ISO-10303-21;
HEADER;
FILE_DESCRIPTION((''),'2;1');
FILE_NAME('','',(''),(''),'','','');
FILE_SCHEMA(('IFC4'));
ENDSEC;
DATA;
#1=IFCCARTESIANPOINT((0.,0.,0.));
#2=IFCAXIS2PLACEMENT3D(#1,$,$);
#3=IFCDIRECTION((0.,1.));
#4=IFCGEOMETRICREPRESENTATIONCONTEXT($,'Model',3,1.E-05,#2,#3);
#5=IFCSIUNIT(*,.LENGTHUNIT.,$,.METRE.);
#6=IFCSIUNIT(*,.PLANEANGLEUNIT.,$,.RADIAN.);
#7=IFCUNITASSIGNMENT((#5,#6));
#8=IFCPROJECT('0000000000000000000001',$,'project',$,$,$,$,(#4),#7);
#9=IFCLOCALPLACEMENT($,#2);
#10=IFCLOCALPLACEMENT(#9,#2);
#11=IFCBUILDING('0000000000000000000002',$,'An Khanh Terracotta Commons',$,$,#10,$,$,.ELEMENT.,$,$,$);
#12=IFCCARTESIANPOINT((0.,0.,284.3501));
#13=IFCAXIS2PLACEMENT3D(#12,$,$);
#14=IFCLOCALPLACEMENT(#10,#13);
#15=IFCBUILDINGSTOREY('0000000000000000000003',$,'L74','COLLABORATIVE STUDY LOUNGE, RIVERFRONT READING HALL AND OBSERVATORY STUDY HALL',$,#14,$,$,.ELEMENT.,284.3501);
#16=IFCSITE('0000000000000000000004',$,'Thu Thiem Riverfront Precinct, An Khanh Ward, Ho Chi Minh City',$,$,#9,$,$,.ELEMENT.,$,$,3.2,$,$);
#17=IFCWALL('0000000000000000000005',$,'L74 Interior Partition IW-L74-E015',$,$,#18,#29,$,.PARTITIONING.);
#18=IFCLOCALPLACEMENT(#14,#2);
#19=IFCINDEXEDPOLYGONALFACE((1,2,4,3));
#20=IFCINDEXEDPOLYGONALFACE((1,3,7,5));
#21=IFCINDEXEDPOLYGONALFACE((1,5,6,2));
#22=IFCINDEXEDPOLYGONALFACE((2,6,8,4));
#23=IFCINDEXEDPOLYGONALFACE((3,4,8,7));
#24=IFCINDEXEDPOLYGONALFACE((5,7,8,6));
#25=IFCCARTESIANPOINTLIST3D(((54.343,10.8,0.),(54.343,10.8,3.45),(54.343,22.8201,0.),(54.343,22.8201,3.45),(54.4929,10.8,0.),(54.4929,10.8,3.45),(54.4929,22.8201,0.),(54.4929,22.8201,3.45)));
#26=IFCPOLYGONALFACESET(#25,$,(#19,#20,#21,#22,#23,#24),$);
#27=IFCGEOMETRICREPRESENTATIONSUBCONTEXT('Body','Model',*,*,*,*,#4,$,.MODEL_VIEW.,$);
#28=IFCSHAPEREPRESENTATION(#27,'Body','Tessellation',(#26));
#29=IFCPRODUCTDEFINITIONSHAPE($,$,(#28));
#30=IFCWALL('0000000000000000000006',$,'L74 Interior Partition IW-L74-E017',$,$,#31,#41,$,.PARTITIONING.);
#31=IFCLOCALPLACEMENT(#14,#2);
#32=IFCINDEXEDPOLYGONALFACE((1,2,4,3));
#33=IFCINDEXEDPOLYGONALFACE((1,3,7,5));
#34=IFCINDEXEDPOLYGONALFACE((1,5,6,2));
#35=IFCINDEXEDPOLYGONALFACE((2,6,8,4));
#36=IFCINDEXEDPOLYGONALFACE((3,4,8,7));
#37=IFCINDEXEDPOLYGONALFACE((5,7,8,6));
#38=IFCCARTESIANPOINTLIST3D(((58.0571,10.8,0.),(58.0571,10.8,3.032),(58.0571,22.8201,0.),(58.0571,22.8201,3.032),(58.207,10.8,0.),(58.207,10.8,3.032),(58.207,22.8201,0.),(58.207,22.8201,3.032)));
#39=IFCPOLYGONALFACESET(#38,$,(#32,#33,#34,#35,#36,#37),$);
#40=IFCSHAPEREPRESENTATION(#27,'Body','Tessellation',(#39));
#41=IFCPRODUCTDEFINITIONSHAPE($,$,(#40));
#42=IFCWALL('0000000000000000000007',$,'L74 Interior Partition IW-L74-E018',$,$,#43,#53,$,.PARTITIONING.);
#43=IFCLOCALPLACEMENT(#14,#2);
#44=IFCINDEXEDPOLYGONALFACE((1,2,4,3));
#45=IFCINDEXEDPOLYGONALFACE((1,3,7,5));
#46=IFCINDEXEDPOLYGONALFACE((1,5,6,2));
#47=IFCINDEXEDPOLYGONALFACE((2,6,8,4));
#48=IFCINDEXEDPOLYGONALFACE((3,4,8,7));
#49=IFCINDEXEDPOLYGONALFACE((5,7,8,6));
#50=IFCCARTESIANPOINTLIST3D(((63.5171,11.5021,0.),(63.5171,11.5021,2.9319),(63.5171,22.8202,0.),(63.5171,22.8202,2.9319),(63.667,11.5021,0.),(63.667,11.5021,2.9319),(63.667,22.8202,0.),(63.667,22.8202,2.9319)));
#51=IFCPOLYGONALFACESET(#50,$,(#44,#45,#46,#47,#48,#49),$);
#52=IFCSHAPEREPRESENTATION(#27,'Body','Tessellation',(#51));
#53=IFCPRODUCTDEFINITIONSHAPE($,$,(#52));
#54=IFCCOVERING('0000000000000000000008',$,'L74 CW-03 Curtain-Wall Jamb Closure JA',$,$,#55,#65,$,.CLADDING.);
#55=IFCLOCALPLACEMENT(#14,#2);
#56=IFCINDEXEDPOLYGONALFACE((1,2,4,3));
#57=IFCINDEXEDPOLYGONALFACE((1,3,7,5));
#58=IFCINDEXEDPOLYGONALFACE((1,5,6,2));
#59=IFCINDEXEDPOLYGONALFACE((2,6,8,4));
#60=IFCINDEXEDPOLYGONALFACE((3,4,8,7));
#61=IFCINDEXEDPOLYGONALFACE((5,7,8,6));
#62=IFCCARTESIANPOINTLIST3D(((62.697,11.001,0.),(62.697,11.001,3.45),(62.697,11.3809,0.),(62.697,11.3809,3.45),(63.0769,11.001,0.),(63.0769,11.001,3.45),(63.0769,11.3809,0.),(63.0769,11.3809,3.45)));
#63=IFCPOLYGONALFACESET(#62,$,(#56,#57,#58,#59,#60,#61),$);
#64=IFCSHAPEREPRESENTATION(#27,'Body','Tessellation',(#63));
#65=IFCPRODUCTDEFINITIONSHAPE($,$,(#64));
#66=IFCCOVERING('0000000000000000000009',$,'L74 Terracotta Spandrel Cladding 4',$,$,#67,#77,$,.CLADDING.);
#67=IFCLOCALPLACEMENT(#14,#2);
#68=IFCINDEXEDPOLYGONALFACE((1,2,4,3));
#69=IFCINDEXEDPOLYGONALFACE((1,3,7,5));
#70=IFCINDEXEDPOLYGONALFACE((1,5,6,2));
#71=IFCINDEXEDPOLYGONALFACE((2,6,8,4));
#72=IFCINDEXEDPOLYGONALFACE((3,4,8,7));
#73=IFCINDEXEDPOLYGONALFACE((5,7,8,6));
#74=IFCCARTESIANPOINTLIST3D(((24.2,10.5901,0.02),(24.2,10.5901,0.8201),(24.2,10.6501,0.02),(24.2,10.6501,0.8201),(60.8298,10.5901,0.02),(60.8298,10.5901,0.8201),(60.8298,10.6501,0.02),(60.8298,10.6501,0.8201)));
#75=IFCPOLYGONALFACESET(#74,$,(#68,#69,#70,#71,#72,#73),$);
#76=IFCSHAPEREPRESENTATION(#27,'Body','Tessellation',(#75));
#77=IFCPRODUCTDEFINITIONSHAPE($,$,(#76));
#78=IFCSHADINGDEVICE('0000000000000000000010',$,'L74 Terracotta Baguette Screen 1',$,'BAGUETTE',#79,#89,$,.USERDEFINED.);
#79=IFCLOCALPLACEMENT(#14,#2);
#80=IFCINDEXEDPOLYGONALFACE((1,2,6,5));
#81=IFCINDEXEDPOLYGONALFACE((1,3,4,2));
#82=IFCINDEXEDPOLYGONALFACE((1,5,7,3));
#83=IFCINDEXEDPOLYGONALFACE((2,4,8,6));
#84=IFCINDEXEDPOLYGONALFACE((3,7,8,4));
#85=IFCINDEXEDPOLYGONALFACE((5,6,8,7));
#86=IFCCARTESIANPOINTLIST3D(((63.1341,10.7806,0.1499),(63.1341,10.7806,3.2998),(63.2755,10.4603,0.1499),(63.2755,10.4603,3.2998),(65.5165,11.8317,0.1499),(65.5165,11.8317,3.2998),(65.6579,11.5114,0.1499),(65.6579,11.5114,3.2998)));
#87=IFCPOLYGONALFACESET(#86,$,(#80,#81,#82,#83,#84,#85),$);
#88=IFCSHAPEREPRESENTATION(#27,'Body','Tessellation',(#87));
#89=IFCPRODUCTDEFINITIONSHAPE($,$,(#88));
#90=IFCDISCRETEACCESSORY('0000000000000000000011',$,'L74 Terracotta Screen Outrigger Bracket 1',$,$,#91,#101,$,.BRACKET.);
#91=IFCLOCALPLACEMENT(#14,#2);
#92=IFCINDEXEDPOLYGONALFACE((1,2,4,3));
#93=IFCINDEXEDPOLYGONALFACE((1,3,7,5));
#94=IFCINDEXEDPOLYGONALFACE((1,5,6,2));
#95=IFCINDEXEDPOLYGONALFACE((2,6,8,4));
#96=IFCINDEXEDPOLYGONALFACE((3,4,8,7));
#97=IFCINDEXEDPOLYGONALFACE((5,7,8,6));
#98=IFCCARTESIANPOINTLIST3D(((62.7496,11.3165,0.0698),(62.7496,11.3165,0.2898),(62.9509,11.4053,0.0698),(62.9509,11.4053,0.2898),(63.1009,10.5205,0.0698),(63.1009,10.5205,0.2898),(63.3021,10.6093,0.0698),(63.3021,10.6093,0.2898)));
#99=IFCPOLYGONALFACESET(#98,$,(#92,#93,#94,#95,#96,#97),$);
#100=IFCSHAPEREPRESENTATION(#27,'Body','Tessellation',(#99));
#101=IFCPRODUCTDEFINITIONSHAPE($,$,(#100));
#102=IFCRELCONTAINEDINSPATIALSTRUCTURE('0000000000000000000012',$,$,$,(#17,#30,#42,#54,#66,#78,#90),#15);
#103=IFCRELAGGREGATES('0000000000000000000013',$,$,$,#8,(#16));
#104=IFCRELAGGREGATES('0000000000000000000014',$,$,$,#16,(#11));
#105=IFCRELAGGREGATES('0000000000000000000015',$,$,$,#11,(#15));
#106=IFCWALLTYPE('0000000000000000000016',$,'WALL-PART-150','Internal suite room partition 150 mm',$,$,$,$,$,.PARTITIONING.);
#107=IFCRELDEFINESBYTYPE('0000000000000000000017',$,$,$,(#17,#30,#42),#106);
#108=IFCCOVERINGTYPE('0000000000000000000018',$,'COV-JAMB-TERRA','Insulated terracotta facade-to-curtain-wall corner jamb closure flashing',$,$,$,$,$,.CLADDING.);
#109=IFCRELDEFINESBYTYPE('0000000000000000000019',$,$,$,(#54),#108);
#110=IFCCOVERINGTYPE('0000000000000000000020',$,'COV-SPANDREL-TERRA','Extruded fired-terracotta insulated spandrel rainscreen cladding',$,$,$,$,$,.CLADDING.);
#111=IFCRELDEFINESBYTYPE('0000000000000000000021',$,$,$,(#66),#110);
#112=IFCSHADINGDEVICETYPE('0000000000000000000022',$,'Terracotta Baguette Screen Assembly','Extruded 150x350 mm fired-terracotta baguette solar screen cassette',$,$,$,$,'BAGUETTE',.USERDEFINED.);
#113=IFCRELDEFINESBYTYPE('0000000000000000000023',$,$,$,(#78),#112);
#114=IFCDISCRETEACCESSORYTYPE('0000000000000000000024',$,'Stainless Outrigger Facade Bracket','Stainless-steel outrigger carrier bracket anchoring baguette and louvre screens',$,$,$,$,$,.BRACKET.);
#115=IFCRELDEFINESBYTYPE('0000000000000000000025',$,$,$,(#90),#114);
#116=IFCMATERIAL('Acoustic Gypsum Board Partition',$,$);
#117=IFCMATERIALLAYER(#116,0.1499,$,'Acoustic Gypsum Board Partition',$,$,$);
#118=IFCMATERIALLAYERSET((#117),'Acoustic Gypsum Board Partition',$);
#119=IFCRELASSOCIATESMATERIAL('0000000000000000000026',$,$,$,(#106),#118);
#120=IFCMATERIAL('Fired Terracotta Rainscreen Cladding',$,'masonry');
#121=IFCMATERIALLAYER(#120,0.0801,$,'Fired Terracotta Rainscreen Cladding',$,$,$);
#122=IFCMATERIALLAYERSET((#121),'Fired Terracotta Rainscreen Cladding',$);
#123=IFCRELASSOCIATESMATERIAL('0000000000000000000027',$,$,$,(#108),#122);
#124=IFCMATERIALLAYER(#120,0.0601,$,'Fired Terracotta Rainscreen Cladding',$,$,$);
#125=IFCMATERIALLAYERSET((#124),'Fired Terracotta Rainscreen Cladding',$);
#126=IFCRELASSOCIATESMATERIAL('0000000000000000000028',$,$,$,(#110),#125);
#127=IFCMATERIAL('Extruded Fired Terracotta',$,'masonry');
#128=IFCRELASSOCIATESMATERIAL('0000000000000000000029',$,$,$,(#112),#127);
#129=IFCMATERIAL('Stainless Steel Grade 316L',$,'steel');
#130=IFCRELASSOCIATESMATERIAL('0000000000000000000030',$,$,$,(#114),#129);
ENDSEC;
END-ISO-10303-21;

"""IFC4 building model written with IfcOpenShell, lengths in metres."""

from ifc_helpers import new_model, si_unit, direction, frame, frame_2d, origin, origin_2d, place, context, subcontext, project, spatial, rectangle, extrude, material, layer, layer_set, type_object, element, save


model = new_model("IFC4")

# Units and contexts
model_context = context("Model", 3, precision=1e-05, world=origin(), true_north=direction((0.0, 1.0)))
body_context = subcontext(model_context, "Body", "Model", "MODEL_VIEW")
ifc_project = project(units=[si_unit("LENGTHUNIT", "METRE"), si_unit("PLANEANGLEUNIT", "RADIAN")], contexts=[model_context])

# Site, building, storey
site_placement = place(None, origin())
site = spatial("IfcSite", under=ifc_project, at=site_placement, Name="Thu Thiem Riverfront Precinct, An Khanh Ward, Ho Chi Minh City", CompositionType="ELEMENT", RefElevation=3.2)
building_placement = place(site_placement, origin())
building = spatial("IfcBuilding", under=site, at=building_placement, Name="An Khanh Terracotta Commons", CompositionType="ELEMENT")
storey_placement = place(building_placement, frame((0.0, 0.0, 284.3501)))
storey = spatial("IfcBuildingStorey", under=building, at=storey_placement, Name="L74", Description="COLLABORATIVE STUDY LOUNGE, RIVERFRONT READING HALL AND OBSERVATORY STUDY HALL", CompositionType="ELEMENT", Elevation=284.3501)

# Walls
ifc_material_1 = material(Name="Acoustic Gypsum Board Partition")
ifc_layer_1 = layer(ifc_material_1, 0.1499, Name="Acoustic Gypsum Board Partition")
ifc_layer_set_1 = layer_set([ifc_layer_1], Name="Acoustic Gypsum Board Partition")
wall_type_1 = type_object("IfcWallType", Name="WALL-PART-150", Description="Internal suite room partition 150 mm", PredefinedType="PARTITIONING", material=ifc_layer_set_1)
for number, where, z_axis, x_axis, name in (
    (1, (54.418, 10.8, 0.0), (0.0, 0.0, 1.0), (0.0, 1.0, 0.0), "L74 Interior Partition IW-L74-E015"),
):
    element("IfcWall", number, at=place(storey_placement, frame(where, z_axis=z_axis, x_axis=x_axis)), inside=storey, type_object=wall_type_1, Name=name, PredefinedType="PARTITIONING", context=body_context, shape_type="SweptSolid", body=[
        extrude(rectangle(XDim=12.02, YDim=0.1499, at=frame_2d((6.01, 0.0))), origin(), (0.0, 0.0, 1.0), 3.45),
    ])
wall_1_placement = place(storey_placement, frame((58.1321, 10.8, 0.0), z_axis=(0.0, 0.0, 1.0), x_axis=(0.0, 1.0, 0.0)))
element("IfcWall", 2, at=wall_1_placement, inside=storey, type_object=wall_type_1, Name="L74 Interior Partition IW-L74-E017", PredefinedType="PARTITIONING", context=body_context, shape_type="SweptSolid", body=[
    extrude(rectangle(XDim=12.02, YDim=0.1499, at=frame_2d((6.01, 0.0))), origin(), (0.0, 0.0, 1.0), 3.032),
])
wall_2_placement = place(storey_placement, frame((63.592, 11.502, 0.0), z_axis=(0.0, 0.0, 1.0), x_axis=(0.0, 1.0, 0.0)))
element("IfcWall", 3, at=wall_2_placement, inside=storey, type_object=wall_type_1, Name="L74 Interior Partition IW-L74-E018", PredefinedType="PARTITIONING", context=body_context, shape_type="SweptSolid", body=[
    extrude(rectangle(XDim=11.3181, YDim=0.1499, at=frame_2d((5.6592, 0.0))), origin(), (0.0, 0.0, 1.0), 2.9319),
])

# Coverings
ifc_material_2 = material(Name="Fired Terracotta Rainscreen Cladding", Category="masonry")
ifc_layer_2 = layer(ifc_material_2, 0.0801, Name="Fired Terracotta Rainscreen Cladding")
ifc_layer_set_2 = layer_set([ifc_layer_2], Name="Fired Terracotta Rainscreen Cladding")
covering_type_1 = type_object("IfcCoveringType", Name="COV-JAMB-TERRA", Description="Insulated terracotta facade-to-curtain-wall corner jamb closure flashing", PredefinedType="CLADDING", material=ifc_layer_set_2)
covering_1_placement = place(storey_placement, frame((62.887, 11.1909, 0.0), z_axis=(0.0, 0.0, 1.0), x_axis=(1.0, 0.0, 0.0)))
element("IfcCovering", 4, at=covering_1_placement, inside=storey, type_object=covering_type_1, Name="L74 CW-03 Curtain-Wall Jamb Closure JA", PredefinedType="CLADDING", context=body_context, shape_type="SweptSolid", body=[
    extrude(rectangle(XDim=0.3799, YDim=0.3799, at=origin_2d()), origin(), (0.0, 0.0, 1.0), 3.45),
])
ifc_layer_3 = layer(ifc_material_2, 0.0601, Name="Fired Terracotta Rainscreen Cladding")
ifc_layer_set_3 = layer_set([ifc_layer_3], Name="Fired Terracotta Rainscreen Cladding")
covering_type_2 = type_object("IfcCoveringType", Name="COV-SPANDREL-TERRA", Description="Extruded fired-terracotta insulated spandrel rainscreen cladding", PredefinedType="CLADDING", material=ifc_layer_set_3)
covering_2_placement = place(storey_placement, frame((42.5149, 10.6201, 0.02), z_axis=(0.0, 0.0, 1.0), x_axis=(1.0, 0.0, 0.0)))
element("IfcCovering", 5, at=covering_2_placement, inside=storey, type_object=covering_type_2, Name="L74 Terracotta Spandrel Cladding 4", PredefinedType="CLADDING", context=body_context, shape_type="SweptSolid", body=[
    extrude(rectangle(XDim=36.6299, YDim=0.0601, at=origin_2d()), origin(), (0.0, 0.0, 1.0), 0.8),
])

# Shading device
ifc_material_3 = material(Name="Extruded Fired Terracotta", Category="masonry")
shading_device_type = type_object("IfcShadingDeviceType", Name="Terracotta Baguette Screen Assembly", Description="Extruded 150x350 mm fired-terracotta baguette solar screen cassette", ElementType="BAGUETTE", PredefinedType="USERDEFINED", material=ifc_material_3)
shading_device_placement = place(storey_placement, frame((64.396, 11.146, 0.1499), z_axis=(0.0, 0.0, 1.0), x_axis=(0.914902, 0.403676, 0.0)))
element("IfcShadingDevice", 6, at=shading_device_placement, inside=storey, type_object=shading_device_type, Name="L74 Terracotta Baguette Screen 1", ObjectType="BAGUETTE", PredefinedType="USERDEFINED", context=body_context, shape_type="SweptSolid", body=[
    extrude(rectangle(XDim=2.604, YDim=0.3501, at=origin_2d()), origin(), (0.0, 0.0, 1.0), 3.1499),
])

# Discrete accessory
ifc_material_4 = material(Name="Stainless Steel Grade 316L", Category="steel")
discrete_accessory_type = type_object("IfcDiscreteAccessoryType", Name="Stainless Outrigger Facade Bracket", Description="Stainless-steel outrigger carrier bracket anchoring baguette and louvre screens", PredefinedType="BRACKET", material=ifc_material_4)
discrete_accessory_placement = place(storey_placement, frame((63.0259, 10.9629, 0.0698), z_axis=(0.0, 0.0, 1.0), x_axis=(0.914902, 0.403676, 0.0)))
element("IfcDiscreteAccessory", 7, at=discrete_accessory_placement, inside=storey, type_object=discrete_accessory_type, Name="L74 Terracotta Screen Outrigger Bracket 1", PredefinedType="BRACKET", context=body_context, shape_type="SweptSolid", body=[
    extrude(rectangle(XDim=0.22, YDim=0.8701, at=origin_2d()), origin(), (0.0, 0.0, 1.0), 0.22),
])

save(model, "model.ifc")
